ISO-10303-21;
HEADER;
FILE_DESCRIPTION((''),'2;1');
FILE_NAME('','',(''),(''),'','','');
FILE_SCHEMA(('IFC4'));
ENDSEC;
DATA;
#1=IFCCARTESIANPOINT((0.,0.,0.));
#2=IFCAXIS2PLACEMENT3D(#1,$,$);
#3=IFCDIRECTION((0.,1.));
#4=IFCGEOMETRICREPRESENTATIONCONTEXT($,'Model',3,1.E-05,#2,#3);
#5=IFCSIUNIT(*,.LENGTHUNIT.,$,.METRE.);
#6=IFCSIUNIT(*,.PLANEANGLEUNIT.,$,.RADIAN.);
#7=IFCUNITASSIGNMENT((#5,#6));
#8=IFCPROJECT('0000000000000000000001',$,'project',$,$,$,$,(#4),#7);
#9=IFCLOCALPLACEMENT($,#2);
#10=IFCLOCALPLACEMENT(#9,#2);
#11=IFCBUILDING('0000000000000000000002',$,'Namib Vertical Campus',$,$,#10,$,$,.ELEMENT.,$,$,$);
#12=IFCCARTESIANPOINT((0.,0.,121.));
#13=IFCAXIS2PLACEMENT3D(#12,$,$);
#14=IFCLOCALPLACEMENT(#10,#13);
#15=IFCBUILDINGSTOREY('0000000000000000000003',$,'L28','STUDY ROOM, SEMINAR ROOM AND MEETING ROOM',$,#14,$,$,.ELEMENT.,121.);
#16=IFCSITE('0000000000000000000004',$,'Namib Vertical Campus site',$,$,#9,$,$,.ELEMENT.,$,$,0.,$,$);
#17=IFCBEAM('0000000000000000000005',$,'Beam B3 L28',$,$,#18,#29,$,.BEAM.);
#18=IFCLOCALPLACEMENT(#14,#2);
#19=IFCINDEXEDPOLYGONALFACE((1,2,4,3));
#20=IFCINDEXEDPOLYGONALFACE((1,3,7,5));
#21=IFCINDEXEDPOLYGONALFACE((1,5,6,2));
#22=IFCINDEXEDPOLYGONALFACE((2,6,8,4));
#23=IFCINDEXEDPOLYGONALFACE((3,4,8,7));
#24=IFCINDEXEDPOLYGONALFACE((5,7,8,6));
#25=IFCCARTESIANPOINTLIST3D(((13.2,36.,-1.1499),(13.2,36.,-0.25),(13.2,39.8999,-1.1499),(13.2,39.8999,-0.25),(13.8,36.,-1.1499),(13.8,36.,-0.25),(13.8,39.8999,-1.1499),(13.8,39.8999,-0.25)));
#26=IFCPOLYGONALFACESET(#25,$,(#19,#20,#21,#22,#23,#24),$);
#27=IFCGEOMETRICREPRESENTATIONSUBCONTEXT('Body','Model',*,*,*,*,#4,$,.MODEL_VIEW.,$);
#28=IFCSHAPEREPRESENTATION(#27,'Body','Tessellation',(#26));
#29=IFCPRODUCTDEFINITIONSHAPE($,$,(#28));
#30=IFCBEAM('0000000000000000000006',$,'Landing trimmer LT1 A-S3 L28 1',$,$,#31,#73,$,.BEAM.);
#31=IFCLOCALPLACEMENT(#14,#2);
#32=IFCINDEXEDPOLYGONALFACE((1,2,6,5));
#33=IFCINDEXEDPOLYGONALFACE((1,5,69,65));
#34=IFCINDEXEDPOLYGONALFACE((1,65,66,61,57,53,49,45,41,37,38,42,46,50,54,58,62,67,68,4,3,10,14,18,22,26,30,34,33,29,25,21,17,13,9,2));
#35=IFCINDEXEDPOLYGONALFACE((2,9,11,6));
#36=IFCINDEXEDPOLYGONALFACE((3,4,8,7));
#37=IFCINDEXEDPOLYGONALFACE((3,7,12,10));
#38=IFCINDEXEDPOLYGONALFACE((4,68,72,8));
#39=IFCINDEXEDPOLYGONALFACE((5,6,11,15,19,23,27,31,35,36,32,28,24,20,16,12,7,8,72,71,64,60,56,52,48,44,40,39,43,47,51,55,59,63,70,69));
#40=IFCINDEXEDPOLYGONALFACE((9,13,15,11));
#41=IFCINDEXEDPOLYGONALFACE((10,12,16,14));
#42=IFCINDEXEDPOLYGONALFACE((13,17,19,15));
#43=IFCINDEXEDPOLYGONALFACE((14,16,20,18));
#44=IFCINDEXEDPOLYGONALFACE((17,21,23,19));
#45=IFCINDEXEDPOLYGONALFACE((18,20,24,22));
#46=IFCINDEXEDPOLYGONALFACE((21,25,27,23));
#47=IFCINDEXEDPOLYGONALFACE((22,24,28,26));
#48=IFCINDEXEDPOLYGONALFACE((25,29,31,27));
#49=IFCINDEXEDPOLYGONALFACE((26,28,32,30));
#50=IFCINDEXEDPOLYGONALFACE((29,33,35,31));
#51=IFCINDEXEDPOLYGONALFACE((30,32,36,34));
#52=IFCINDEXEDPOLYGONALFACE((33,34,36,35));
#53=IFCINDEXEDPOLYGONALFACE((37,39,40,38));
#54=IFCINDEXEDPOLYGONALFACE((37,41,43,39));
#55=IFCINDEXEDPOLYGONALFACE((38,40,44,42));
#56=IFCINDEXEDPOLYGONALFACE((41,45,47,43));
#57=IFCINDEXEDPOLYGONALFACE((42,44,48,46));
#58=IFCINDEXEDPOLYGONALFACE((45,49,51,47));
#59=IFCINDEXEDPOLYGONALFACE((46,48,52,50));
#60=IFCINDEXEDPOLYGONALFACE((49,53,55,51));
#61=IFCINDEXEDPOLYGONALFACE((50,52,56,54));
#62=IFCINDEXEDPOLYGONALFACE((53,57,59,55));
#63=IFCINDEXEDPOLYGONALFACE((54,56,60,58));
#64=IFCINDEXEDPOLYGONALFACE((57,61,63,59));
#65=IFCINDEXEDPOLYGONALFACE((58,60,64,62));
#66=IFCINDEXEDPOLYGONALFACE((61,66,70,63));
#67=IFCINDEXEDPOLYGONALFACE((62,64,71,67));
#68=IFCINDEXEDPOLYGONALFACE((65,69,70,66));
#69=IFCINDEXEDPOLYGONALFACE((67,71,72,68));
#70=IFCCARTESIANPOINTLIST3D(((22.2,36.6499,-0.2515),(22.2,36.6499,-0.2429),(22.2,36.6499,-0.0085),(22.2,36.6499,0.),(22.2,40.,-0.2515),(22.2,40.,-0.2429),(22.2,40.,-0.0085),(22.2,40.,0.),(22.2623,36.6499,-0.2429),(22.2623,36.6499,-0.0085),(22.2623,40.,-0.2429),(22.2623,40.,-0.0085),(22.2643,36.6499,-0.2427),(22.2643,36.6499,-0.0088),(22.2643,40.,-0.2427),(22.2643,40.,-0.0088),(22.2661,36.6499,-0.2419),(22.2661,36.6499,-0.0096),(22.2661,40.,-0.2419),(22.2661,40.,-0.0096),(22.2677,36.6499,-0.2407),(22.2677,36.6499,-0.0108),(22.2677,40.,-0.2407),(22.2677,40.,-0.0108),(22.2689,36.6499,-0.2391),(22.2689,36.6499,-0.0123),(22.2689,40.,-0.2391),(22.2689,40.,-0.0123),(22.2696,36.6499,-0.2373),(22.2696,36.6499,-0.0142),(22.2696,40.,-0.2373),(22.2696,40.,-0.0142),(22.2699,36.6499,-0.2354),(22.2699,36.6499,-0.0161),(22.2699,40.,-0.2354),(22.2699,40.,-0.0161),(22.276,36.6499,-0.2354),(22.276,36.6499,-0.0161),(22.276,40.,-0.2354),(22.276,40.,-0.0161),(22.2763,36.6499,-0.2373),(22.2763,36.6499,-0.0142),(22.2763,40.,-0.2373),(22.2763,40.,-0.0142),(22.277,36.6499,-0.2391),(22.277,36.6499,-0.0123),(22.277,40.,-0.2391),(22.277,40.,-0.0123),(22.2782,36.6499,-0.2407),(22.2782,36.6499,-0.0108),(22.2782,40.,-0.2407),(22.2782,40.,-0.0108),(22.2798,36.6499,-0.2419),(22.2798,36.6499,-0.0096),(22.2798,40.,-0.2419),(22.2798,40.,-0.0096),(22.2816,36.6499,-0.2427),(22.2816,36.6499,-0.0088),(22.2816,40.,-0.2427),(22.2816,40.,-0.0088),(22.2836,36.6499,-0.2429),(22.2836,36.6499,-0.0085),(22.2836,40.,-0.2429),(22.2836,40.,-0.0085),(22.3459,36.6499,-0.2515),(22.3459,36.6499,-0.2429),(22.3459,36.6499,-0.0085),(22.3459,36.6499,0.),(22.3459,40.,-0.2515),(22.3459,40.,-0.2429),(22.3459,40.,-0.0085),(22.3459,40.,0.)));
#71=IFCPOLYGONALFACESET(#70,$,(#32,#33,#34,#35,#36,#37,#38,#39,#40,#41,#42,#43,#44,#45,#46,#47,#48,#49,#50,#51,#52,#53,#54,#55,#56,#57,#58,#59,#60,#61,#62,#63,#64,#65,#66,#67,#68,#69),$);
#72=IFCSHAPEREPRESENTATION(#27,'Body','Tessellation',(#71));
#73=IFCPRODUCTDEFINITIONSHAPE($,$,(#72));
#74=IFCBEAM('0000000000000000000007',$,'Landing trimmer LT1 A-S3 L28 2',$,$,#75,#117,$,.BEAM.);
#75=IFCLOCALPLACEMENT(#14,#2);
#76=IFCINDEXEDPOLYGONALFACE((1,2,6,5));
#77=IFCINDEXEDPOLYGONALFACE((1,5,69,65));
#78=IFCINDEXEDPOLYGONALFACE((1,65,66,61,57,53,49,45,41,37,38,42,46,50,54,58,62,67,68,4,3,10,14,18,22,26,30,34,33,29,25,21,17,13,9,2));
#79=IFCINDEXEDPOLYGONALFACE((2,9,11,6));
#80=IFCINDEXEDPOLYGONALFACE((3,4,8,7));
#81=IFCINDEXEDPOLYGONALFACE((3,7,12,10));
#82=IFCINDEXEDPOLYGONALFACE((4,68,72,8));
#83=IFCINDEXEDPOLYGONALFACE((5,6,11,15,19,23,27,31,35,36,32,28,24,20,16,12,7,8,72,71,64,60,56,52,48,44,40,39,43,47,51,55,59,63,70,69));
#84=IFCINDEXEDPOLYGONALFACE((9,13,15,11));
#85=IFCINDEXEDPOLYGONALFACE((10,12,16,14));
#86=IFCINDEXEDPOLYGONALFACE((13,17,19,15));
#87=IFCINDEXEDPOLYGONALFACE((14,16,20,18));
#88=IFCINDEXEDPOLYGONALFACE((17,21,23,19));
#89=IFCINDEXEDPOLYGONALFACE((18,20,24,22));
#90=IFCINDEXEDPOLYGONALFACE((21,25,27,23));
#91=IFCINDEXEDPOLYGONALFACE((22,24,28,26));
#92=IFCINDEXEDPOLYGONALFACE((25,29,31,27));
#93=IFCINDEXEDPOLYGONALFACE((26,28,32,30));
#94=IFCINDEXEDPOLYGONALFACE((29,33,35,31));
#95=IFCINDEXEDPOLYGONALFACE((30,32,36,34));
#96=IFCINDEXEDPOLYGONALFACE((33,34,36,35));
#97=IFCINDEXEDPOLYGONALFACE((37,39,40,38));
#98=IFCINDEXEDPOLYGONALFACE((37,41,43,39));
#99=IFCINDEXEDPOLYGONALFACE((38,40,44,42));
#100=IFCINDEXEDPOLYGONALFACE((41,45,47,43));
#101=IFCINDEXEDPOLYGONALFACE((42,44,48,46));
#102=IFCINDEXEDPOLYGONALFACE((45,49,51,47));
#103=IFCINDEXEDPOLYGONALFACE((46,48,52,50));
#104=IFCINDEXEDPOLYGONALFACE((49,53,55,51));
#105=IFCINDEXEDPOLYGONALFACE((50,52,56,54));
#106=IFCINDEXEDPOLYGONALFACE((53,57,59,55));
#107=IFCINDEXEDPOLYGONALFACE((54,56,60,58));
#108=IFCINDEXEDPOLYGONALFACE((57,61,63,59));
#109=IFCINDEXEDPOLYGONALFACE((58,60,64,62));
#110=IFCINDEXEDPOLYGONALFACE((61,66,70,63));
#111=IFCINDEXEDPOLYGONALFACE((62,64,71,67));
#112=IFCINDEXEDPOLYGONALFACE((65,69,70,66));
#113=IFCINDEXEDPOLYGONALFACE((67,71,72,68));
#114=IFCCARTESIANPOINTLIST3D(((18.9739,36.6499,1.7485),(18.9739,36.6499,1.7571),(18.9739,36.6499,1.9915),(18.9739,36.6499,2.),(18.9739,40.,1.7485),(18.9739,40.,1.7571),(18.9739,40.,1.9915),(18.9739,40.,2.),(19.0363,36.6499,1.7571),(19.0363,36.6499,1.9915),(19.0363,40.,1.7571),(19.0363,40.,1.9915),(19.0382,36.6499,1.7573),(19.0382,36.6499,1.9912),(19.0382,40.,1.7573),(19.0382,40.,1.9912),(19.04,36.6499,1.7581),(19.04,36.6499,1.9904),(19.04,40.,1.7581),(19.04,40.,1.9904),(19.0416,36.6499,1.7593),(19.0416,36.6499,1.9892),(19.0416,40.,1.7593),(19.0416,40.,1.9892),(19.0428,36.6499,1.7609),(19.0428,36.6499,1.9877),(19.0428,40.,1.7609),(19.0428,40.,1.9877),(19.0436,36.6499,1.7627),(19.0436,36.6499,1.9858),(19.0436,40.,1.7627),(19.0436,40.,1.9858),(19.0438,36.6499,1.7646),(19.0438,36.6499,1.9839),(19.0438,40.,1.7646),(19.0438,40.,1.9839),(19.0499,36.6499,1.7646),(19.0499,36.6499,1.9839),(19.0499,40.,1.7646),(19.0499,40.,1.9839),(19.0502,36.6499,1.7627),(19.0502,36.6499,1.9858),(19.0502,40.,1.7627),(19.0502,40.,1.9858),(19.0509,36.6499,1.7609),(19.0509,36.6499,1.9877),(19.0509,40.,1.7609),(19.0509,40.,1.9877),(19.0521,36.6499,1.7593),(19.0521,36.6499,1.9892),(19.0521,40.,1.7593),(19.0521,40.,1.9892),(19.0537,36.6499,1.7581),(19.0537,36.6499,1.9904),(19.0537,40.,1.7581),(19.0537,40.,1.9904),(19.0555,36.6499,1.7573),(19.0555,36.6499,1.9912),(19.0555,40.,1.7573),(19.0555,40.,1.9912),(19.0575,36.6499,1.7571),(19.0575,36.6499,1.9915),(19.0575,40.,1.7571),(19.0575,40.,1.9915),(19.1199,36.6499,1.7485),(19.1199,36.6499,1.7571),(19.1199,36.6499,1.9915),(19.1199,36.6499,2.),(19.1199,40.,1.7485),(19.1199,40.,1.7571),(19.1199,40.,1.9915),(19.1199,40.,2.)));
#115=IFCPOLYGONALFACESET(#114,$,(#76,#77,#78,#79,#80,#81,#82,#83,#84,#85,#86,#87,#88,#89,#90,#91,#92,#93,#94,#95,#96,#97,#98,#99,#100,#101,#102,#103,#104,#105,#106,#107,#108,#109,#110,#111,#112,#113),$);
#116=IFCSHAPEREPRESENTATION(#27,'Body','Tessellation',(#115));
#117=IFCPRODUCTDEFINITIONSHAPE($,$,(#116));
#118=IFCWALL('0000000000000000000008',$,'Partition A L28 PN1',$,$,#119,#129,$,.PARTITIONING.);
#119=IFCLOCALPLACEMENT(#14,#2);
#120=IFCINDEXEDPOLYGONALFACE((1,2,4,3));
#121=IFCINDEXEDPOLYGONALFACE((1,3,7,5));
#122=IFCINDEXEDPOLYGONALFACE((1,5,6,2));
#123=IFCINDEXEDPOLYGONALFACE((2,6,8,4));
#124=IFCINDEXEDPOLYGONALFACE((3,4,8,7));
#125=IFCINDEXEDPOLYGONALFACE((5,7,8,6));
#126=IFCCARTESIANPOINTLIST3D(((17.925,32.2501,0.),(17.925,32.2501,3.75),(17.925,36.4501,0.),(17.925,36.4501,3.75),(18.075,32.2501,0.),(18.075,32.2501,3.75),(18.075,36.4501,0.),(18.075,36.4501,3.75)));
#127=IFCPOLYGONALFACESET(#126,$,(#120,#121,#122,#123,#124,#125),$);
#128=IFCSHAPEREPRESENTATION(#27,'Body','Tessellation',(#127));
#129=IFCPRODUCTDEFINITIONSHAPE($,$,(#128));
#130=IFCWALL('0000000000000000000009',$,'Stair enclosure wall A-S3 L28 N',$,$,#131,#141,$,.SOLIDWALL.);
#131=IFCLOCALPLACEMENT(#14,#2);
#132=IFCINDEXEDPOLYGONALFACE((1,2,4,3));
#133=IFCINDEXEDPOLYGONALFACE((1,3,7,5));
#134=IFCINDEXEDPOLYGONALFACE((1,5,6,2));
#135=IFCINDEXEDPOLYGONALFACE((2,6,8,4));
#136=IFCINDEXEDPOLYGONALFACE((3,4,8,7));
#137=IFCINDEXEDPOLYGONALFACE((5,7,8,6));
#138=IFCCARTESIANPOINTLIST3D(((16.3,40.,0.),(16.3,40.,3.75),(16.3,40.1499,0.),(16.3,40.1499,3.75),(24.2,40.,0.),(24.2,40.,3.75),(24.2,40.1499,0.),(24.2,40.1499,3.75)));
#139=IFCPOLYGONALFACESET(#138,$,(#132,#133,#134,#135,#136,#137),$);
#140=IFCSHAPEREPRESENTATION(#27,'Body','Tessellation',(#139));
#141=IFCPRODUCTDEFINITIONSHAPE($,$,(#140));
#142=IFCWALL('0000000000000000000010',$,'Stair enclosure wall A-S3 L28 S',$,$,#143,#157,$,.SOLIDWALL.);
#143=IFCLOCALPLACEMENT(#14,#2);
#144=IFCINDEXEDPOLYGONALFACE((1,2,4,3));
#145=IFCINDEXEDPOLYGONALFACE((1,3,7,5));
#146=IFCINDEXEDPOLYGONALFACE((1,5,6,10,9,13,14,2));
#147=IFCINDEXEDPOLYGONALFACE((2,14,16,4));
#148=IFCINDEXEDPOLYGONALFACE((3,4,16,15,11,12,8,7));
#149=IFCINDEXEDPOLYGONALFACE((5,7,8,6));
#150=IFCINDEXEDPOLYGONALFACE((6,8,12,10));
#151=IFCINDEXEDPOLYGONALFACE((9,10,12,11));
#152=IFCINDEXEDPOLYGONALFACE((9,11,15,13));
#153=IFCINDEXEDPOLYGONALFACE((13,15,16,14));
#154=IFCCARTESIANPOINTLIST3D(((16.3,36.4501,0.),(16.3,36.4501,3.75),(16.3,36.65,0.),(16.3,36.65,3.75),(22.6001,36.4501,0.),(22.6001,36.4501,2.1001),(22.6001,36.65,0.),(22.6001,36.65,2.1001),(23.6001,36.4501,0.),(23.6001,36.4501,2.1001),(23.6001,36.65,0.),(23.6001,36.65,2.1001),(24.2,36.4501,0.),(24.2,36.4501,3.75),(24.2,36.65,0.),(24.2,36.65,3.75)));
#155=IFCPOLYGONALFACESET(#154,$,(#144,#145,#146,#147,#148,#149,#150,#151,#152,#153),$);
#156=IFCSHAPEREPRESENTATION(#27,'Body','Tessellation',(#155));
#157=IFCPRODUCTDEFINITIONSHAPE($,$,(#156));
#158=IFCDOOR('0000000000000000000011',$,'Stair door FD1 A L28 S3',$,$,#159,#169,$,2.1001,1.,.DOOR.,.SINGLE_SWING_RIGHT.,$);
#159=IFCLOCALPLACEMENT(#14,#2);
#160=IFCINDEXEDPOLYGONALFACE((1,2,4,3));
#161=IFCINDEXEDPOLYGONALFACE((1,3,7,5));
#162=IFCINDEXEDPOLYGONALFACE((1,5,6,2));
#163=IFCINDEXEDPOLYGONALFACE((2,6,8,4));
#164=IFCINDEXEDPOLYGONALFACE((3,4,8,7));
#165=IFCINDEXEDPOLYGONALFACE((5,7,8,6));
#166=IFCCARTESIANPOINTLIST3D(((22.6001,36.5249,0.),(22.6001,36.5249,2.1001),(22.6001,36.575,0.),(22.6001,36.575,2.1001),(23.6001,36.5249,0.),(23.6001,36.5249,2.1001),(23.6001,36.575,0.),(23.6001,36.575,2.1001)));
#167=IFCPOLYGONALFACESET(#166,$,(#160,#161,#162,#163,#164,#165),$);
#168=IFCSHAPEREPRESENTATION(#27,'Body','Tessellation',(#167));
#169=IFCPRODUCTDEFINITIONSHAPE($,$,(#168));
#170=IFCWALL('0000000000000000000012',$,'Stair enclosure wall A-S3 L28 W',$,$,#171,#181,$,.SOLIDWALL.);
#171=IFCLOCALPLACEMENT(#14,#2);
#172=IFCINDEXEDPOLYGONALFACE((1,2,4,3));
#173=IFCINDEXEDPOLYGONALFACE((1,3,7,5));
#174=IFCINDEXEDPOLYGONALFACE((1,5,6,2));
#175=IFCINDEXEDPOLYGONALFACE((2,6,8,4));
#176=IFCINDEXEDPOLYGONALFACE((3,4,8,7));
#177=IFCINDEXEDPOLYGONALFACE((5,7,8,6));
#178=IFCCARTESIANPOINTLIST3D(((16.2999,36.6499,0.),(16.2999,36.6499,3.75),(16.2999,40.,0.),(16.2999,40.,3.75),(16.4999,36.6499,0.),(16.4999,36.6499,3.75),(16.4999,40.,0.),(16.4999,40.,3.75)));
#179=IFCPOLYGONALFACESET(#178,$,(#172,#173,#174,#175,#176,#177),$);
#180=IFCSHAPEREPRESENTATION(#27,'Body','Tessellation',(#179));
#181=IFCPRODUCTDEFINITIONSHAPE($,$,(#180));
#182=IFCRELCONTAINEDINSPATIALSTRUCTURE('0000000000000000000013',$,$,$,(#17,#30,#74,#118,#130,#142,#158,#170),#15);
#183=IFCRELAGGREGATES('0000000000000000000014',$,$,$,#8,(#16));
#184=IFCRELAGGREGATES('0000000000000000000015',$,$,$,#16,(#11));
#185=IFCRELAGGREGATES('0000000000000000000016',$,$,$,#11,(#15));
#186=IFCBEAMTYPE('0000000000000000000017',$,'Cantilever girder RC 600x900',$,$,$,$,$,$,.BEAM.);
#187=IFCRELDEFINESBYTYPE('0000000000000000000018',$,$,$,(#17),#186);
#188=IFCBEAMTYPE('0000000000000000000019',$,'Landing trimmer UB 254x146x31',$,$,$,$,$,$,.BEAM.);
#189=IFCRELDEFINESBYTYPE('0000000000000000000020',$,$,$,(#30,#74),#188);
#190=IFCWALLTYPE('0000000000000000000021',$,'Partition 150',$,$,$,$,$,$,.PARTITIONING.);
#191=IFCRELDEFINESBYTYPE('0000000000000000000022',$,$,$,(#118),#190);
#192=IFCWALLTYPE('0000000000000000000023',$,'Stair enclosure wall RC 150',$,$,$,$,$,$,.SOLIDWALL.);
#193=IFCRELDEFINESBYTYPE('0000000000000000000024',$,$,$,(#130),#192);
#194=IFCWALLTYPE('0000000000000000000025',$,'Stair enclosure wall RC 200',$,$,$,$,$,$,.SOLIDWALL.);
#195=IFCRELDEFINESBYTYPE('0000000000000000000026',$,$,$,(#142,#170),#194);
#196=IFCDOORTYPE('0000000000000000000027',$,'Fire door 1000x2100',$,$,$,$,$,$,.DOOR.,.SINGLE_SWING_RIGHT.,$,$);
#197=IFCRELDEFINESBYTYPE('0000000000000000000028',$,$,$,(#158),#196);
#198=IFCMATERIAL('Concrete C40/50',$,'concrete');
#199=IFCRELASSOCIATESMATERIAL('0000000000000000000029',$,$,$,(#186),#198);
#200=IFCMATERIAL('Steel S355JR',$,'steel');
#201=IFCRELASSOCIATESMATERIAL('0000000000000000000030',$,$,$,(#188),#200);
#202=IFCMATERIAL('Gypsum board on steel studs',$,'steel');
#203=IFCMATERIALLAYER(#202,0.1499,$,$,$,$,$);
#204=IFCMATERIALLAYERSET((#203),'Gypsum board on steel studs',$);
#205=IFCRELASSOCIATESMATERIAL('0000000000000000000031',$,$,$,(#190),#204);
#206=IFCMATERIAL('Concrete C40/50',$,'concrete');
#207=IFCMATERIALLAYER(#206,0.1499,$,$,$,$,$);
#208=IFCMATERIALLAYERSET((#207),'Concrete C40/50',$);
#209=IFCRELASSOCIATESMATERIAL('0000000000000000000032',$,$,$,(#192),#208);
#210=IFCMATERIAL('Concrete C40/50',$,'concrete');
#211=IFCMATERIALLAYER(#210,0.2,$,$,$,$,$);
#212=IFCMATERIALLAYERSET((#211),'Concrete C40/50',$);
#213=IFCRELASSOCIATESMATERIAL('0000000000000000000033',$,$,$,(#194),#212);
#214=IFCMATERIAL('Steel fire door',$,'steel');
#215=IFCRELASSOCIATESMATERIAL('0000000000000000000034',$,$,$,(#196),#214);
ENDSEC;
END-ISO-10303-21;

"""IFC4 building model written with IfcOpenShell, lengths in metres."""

from ifc_helpers import new_model, si_unit, direction, frame, frame_2d, origin, origin_2d, place, context, subcontext, project, spatial, rectangle, i_section, extrude, material, layer, layer_set, material_profile, profile_set, type_object, element, fill, save


model = new_model("IFC4")

# Units and contexts
model_context = context("Model", 3, precision=1e-05, world=origin(), true_north=direction((0.0, 1.0)))
body_context = subcontext(model_context, "Body", "Model", "MODEL_VIEW")
ifc_project = project(units=[si_unit("LENGTHUNIT", "METRE"), si_unit("PLANEANGLEUNIT", "RADIAN")], contexts=[model_context])

# Site, building, storey
site_placement = place(None, origin())
site = spatial("IfcSite", under=ifc_project, at=site_placement, Name="Namib Vertical Campus site", CompositionType="ELEMENT", RefElevation=0.0)
building_placement = place(site_placement, origin())
building = spatial("IfcBuilding", under=site, at=building_placement, Name="Namib Vertical Campus", CompositionType="ELEMENT")
storey_placement = place(building_placement, frame((0.0, 0.0, 121.0)))
storey = spatial("IfcBuildingStorey", under=building, at=storey_placement, Name="L28", Description="STUDY ROOM, SEMINAR ROOM AND MEETING ROOM", CompositionType="ELEMENT", Elevation=121.0)

# Beams
ifc_material_1 = material(Name="Concrete C40/50", Category="concrete")
ifc_material_profile_1 = material_profile(ifc_material_1, rectangle(XDim=0.6001, YDim=0.8999, at=origin_2d()))
ifc_profile_set_1 = profile_set([ifc_material_profile_1], Name="Concrete C40/50")
beam_type_1 = type_object("IfcBeamType", Name="Cantilever girder RC 600x900", PredefinedType="BEAM", material=ifc_profile_set_1)
beam_placement = place(storey_placement, frame((13.5, 36.0, -0.7), z_axis=(0.0, 1.0, 0.0), x_axis=(-1.0, 0.0, 0.0)))
element("IfcBeam", 1, at=beam_placement, inside=storey, type_object=beam_type_1, Name="Beam B3 L28", PredefinedType="BEAM", context=body_context, shape_type="SweptSolid", body=[
    extrude(rectangle(XDim=0.6001, YDim=0.8999, at=origin_2d()), origin(), (0.0, 0.0, 1.0), 3.8999),
])
ifc_material_2 = material(Name="Steel S355JR", Category="steel")
ifc_material_profile_2 = material_profile(ifc_material_2, i_section(OverallWidth=0.146, OverallDepth=0.2515, WebThickness=0.0061, FlangeThickness=0.0085, FilletRadius=0.0076, at=origin_2d()))
ifc_profile_set_2 = profile_set([ifc_material_profile_2], Name="Steel S355JR")
beam_type_2 = type_object("IfcBeamType", Name="Landing trimmer UB 254x146x31", PredefinedType="BEAM", material=ifc_profile_set_2)
for number, where, z_axis, x_axis, name in (
    (2, (22.2729, 36.6499, -0.1257), (0.0, 1.0, 0.0), (-1.0, 0.0, 0.0), "Landing trimmer LT1 A-S3 L28 1"),
    (3, (19.0469, 36.6499, 1.8743), (0.0, 1.0, 0.0), (-1.0, 0.0, 0.0), "Landing trimmer LT1 A-S3 L28 2"),
):
    element("IfcBeam", number, at=place(storey_placement, frame(where, z_axis=z_axis, x_axis=x_axis)), inside=storey, type_object=beam_type_2, Name=name, PredefinedType="BEAM", context=body_context, shape_type="SweptSolid", body=[
        extrude(i_section(OverallWidth=0.146, OverallDepth=0.2515, WebThickness=0.0061, FlangeThickness=0.0085, FilletRadius=0.0076, at=origin_2d()), origin(), (0.0, 0.0, 1.0), 3.3501),
    ])

# Walls
ifc_material_3 = material(Name="Gypsum board on steel studs", Category="steel")
ifc_layer_1 = layer(ifc_material_3, 0.1499)
ifc_layer_set_1 = layer_set([ifc_layer_1], Name="Gypsum board on steel studs")
wall_type_1 = type_object("IfcWallType", Name="Partition 150", PredefinedType="PARTITIONING", material=ifc_layer_set_1)
wall_1_placement = place(storey_placement, frame((18.0, 32.25, 0.0), z_axis=(0.0, 0.0, 1.0), x_axis=(0.0, 1.0, 0.0)))
element("IfcWall", 4, at=wall_1_placement, inside=storey, type_object=wall_type_1, Name="Partition A L28 PN1", PredefinedType="PARTITIONING", context=body_context, shape_type="SweptSolid", body=[
    extrude(rectangle(XDim=4.2, YDim=0.1499, at=frame_2d((2.1001, 0.0))), origin(), (0.0, 0.0, 1.0), 3.75),
])
ifc_material_4 = material(Name="Concrete C40/50", Category="concrete")
ifc_layer_2 = layer(ifc_material_4, 0.1499)
ifc_layer_set_2 = layer_set([ifc_layer_2], Name="Concrete C40/50")
wall_type_2 = type_object("IfcWallType", Name="Stair enclosure wall RC 150", PredefinedType="SOLIDWALL", material=ifc_layer_set_2)
wall_2_placement = place(storey_placement, frame((16.3, 40.075, 0.0), z_axis=(0.0, 0.0, 1.0), x_axis=(1.0, 0.0, 0.0)))
element("IfcWall", 5, at=wall_2_placement, inside=storey, type_object=wall_type_2, Name="Stair enclosure wall A-S3 L28 N", PredefinedType="SOLIDWALL", context=body_context, shape_type="SweptSolid", body=[
    extrude(rectangle(XDim=7.8999, YDim=0.1499, at=frame_2d((3.95, 0.0))), origin(), (0.0, 0.0, 1.0), 3.75),
])

# Wall, opening, door
ifc_material_5 = material(Name="Concrete C40/50", Category="concrete")
ifc_layer_3 = layer(ifc_material_5, 0.2)
ifc_layer_set_3 = layer_set([ifc_layer_3], Name="Concrete C40/50")
wall_type_3 = type_object("IfcWallType", Name="Stair enclosure wall RC 200", PredefinedType="SOLIDWALL", material=ifc_layer_set_3)
wall_3_placement = place(storey_placement, frame((16.3, 36.55, 0.0), z_axis=(0.0, 0.0, 1.0), x_axis=(1.0, 0.0, 0.0)))
wall_3 = element("IfcWall", 6, at=wall_3_placement, inside=storey, type_object=wall_type_3, Name="Stair enclosure wall A-S3 L28 S", PredefinedType="SOLIDWALL", context=body_context, shape_type="SweptSolid", body=[
    extrude(rectangle(XDim=7.8999, YDim=0.2, at=frame_2d((3.95, 0.0))), origin(), (0.0, 0.0, 1.0), 3.75),
])
opening_placement = place(wall_3_placement, frame((6.3, 0.0, 0.0)))
opening = element("IfcOpeningElement", 7, at=opening_placement, cuts=wall_3, PredefinedType="OPENING", context=body_context, shape_type="SweptSolid", body=[
    extrude(rectangle(XDim=1.0, YDim=2.1001, at=frame_2d((0.5, 1.05))), frame((0.0, 0.1099, 0.0), z_axis=(0.0, -1.0, 0.0), x_axis=(1.0, 0.0, 0.0)), (0.0, 0.0, 1.0), 0.22),
])
ifc_material_6 = material(Name="Steel fire door", Category="steel")
door_type = type_object("IfcDoorType", Name="Fire door 1000x2100", OperationType="SINGLE_SWING_RIGHT", PredefinedType="DOOR", material=ifc_material_6)
door_placement = place(opening_placement, origin())
door = element("IfcDoor", 8, at=door_placement, inside=storey, type_object=door_type, Name="Stair door FD1 A L28 S3", OperationType="SINGLE_SWING_RIGHT", OverallHeight=2.1001, OverallWidth=1.0, PredefinedType="DOOR", context=body_context, shape_type="SweptSolid", body=[
    extrude(rectangle(XDim=1.0, YDim=2.1001, at=frame_2d((0.5, 1.05))), frame((0.0, 0.0249, 0.0), z_axis=(0.0, -1.0, 0.0), x_axis=(1.0, 0.0, 0.0)), (0.0, 0.0, 1.0), 0.05),
])
fill(opening, door)

# Wall
wall_4_placement = place(storey_placement, frame((16.3999, 36.6499, 0.0), z_axis=(0.0, 0.0, 1.0), x_axis=(0.0, 1.0, 0.0)))
element("IfcWall", 9, at=wall_4_placement, inside=storey, type_object=wall_type_3, Name="Stair enclosure wall A-S3 L28 W", PredefinedType="SOLIDWALL", context=body_context, shape_type="SweptSolid", body=[
    extrude(rectangle(XDim=3.3501, YDim=0.2, at=frame_2d((1.675, 0.0))), origin(), (0.0, 0.0, 1.0), 3.75),
])

save(model, "model.ifc")
